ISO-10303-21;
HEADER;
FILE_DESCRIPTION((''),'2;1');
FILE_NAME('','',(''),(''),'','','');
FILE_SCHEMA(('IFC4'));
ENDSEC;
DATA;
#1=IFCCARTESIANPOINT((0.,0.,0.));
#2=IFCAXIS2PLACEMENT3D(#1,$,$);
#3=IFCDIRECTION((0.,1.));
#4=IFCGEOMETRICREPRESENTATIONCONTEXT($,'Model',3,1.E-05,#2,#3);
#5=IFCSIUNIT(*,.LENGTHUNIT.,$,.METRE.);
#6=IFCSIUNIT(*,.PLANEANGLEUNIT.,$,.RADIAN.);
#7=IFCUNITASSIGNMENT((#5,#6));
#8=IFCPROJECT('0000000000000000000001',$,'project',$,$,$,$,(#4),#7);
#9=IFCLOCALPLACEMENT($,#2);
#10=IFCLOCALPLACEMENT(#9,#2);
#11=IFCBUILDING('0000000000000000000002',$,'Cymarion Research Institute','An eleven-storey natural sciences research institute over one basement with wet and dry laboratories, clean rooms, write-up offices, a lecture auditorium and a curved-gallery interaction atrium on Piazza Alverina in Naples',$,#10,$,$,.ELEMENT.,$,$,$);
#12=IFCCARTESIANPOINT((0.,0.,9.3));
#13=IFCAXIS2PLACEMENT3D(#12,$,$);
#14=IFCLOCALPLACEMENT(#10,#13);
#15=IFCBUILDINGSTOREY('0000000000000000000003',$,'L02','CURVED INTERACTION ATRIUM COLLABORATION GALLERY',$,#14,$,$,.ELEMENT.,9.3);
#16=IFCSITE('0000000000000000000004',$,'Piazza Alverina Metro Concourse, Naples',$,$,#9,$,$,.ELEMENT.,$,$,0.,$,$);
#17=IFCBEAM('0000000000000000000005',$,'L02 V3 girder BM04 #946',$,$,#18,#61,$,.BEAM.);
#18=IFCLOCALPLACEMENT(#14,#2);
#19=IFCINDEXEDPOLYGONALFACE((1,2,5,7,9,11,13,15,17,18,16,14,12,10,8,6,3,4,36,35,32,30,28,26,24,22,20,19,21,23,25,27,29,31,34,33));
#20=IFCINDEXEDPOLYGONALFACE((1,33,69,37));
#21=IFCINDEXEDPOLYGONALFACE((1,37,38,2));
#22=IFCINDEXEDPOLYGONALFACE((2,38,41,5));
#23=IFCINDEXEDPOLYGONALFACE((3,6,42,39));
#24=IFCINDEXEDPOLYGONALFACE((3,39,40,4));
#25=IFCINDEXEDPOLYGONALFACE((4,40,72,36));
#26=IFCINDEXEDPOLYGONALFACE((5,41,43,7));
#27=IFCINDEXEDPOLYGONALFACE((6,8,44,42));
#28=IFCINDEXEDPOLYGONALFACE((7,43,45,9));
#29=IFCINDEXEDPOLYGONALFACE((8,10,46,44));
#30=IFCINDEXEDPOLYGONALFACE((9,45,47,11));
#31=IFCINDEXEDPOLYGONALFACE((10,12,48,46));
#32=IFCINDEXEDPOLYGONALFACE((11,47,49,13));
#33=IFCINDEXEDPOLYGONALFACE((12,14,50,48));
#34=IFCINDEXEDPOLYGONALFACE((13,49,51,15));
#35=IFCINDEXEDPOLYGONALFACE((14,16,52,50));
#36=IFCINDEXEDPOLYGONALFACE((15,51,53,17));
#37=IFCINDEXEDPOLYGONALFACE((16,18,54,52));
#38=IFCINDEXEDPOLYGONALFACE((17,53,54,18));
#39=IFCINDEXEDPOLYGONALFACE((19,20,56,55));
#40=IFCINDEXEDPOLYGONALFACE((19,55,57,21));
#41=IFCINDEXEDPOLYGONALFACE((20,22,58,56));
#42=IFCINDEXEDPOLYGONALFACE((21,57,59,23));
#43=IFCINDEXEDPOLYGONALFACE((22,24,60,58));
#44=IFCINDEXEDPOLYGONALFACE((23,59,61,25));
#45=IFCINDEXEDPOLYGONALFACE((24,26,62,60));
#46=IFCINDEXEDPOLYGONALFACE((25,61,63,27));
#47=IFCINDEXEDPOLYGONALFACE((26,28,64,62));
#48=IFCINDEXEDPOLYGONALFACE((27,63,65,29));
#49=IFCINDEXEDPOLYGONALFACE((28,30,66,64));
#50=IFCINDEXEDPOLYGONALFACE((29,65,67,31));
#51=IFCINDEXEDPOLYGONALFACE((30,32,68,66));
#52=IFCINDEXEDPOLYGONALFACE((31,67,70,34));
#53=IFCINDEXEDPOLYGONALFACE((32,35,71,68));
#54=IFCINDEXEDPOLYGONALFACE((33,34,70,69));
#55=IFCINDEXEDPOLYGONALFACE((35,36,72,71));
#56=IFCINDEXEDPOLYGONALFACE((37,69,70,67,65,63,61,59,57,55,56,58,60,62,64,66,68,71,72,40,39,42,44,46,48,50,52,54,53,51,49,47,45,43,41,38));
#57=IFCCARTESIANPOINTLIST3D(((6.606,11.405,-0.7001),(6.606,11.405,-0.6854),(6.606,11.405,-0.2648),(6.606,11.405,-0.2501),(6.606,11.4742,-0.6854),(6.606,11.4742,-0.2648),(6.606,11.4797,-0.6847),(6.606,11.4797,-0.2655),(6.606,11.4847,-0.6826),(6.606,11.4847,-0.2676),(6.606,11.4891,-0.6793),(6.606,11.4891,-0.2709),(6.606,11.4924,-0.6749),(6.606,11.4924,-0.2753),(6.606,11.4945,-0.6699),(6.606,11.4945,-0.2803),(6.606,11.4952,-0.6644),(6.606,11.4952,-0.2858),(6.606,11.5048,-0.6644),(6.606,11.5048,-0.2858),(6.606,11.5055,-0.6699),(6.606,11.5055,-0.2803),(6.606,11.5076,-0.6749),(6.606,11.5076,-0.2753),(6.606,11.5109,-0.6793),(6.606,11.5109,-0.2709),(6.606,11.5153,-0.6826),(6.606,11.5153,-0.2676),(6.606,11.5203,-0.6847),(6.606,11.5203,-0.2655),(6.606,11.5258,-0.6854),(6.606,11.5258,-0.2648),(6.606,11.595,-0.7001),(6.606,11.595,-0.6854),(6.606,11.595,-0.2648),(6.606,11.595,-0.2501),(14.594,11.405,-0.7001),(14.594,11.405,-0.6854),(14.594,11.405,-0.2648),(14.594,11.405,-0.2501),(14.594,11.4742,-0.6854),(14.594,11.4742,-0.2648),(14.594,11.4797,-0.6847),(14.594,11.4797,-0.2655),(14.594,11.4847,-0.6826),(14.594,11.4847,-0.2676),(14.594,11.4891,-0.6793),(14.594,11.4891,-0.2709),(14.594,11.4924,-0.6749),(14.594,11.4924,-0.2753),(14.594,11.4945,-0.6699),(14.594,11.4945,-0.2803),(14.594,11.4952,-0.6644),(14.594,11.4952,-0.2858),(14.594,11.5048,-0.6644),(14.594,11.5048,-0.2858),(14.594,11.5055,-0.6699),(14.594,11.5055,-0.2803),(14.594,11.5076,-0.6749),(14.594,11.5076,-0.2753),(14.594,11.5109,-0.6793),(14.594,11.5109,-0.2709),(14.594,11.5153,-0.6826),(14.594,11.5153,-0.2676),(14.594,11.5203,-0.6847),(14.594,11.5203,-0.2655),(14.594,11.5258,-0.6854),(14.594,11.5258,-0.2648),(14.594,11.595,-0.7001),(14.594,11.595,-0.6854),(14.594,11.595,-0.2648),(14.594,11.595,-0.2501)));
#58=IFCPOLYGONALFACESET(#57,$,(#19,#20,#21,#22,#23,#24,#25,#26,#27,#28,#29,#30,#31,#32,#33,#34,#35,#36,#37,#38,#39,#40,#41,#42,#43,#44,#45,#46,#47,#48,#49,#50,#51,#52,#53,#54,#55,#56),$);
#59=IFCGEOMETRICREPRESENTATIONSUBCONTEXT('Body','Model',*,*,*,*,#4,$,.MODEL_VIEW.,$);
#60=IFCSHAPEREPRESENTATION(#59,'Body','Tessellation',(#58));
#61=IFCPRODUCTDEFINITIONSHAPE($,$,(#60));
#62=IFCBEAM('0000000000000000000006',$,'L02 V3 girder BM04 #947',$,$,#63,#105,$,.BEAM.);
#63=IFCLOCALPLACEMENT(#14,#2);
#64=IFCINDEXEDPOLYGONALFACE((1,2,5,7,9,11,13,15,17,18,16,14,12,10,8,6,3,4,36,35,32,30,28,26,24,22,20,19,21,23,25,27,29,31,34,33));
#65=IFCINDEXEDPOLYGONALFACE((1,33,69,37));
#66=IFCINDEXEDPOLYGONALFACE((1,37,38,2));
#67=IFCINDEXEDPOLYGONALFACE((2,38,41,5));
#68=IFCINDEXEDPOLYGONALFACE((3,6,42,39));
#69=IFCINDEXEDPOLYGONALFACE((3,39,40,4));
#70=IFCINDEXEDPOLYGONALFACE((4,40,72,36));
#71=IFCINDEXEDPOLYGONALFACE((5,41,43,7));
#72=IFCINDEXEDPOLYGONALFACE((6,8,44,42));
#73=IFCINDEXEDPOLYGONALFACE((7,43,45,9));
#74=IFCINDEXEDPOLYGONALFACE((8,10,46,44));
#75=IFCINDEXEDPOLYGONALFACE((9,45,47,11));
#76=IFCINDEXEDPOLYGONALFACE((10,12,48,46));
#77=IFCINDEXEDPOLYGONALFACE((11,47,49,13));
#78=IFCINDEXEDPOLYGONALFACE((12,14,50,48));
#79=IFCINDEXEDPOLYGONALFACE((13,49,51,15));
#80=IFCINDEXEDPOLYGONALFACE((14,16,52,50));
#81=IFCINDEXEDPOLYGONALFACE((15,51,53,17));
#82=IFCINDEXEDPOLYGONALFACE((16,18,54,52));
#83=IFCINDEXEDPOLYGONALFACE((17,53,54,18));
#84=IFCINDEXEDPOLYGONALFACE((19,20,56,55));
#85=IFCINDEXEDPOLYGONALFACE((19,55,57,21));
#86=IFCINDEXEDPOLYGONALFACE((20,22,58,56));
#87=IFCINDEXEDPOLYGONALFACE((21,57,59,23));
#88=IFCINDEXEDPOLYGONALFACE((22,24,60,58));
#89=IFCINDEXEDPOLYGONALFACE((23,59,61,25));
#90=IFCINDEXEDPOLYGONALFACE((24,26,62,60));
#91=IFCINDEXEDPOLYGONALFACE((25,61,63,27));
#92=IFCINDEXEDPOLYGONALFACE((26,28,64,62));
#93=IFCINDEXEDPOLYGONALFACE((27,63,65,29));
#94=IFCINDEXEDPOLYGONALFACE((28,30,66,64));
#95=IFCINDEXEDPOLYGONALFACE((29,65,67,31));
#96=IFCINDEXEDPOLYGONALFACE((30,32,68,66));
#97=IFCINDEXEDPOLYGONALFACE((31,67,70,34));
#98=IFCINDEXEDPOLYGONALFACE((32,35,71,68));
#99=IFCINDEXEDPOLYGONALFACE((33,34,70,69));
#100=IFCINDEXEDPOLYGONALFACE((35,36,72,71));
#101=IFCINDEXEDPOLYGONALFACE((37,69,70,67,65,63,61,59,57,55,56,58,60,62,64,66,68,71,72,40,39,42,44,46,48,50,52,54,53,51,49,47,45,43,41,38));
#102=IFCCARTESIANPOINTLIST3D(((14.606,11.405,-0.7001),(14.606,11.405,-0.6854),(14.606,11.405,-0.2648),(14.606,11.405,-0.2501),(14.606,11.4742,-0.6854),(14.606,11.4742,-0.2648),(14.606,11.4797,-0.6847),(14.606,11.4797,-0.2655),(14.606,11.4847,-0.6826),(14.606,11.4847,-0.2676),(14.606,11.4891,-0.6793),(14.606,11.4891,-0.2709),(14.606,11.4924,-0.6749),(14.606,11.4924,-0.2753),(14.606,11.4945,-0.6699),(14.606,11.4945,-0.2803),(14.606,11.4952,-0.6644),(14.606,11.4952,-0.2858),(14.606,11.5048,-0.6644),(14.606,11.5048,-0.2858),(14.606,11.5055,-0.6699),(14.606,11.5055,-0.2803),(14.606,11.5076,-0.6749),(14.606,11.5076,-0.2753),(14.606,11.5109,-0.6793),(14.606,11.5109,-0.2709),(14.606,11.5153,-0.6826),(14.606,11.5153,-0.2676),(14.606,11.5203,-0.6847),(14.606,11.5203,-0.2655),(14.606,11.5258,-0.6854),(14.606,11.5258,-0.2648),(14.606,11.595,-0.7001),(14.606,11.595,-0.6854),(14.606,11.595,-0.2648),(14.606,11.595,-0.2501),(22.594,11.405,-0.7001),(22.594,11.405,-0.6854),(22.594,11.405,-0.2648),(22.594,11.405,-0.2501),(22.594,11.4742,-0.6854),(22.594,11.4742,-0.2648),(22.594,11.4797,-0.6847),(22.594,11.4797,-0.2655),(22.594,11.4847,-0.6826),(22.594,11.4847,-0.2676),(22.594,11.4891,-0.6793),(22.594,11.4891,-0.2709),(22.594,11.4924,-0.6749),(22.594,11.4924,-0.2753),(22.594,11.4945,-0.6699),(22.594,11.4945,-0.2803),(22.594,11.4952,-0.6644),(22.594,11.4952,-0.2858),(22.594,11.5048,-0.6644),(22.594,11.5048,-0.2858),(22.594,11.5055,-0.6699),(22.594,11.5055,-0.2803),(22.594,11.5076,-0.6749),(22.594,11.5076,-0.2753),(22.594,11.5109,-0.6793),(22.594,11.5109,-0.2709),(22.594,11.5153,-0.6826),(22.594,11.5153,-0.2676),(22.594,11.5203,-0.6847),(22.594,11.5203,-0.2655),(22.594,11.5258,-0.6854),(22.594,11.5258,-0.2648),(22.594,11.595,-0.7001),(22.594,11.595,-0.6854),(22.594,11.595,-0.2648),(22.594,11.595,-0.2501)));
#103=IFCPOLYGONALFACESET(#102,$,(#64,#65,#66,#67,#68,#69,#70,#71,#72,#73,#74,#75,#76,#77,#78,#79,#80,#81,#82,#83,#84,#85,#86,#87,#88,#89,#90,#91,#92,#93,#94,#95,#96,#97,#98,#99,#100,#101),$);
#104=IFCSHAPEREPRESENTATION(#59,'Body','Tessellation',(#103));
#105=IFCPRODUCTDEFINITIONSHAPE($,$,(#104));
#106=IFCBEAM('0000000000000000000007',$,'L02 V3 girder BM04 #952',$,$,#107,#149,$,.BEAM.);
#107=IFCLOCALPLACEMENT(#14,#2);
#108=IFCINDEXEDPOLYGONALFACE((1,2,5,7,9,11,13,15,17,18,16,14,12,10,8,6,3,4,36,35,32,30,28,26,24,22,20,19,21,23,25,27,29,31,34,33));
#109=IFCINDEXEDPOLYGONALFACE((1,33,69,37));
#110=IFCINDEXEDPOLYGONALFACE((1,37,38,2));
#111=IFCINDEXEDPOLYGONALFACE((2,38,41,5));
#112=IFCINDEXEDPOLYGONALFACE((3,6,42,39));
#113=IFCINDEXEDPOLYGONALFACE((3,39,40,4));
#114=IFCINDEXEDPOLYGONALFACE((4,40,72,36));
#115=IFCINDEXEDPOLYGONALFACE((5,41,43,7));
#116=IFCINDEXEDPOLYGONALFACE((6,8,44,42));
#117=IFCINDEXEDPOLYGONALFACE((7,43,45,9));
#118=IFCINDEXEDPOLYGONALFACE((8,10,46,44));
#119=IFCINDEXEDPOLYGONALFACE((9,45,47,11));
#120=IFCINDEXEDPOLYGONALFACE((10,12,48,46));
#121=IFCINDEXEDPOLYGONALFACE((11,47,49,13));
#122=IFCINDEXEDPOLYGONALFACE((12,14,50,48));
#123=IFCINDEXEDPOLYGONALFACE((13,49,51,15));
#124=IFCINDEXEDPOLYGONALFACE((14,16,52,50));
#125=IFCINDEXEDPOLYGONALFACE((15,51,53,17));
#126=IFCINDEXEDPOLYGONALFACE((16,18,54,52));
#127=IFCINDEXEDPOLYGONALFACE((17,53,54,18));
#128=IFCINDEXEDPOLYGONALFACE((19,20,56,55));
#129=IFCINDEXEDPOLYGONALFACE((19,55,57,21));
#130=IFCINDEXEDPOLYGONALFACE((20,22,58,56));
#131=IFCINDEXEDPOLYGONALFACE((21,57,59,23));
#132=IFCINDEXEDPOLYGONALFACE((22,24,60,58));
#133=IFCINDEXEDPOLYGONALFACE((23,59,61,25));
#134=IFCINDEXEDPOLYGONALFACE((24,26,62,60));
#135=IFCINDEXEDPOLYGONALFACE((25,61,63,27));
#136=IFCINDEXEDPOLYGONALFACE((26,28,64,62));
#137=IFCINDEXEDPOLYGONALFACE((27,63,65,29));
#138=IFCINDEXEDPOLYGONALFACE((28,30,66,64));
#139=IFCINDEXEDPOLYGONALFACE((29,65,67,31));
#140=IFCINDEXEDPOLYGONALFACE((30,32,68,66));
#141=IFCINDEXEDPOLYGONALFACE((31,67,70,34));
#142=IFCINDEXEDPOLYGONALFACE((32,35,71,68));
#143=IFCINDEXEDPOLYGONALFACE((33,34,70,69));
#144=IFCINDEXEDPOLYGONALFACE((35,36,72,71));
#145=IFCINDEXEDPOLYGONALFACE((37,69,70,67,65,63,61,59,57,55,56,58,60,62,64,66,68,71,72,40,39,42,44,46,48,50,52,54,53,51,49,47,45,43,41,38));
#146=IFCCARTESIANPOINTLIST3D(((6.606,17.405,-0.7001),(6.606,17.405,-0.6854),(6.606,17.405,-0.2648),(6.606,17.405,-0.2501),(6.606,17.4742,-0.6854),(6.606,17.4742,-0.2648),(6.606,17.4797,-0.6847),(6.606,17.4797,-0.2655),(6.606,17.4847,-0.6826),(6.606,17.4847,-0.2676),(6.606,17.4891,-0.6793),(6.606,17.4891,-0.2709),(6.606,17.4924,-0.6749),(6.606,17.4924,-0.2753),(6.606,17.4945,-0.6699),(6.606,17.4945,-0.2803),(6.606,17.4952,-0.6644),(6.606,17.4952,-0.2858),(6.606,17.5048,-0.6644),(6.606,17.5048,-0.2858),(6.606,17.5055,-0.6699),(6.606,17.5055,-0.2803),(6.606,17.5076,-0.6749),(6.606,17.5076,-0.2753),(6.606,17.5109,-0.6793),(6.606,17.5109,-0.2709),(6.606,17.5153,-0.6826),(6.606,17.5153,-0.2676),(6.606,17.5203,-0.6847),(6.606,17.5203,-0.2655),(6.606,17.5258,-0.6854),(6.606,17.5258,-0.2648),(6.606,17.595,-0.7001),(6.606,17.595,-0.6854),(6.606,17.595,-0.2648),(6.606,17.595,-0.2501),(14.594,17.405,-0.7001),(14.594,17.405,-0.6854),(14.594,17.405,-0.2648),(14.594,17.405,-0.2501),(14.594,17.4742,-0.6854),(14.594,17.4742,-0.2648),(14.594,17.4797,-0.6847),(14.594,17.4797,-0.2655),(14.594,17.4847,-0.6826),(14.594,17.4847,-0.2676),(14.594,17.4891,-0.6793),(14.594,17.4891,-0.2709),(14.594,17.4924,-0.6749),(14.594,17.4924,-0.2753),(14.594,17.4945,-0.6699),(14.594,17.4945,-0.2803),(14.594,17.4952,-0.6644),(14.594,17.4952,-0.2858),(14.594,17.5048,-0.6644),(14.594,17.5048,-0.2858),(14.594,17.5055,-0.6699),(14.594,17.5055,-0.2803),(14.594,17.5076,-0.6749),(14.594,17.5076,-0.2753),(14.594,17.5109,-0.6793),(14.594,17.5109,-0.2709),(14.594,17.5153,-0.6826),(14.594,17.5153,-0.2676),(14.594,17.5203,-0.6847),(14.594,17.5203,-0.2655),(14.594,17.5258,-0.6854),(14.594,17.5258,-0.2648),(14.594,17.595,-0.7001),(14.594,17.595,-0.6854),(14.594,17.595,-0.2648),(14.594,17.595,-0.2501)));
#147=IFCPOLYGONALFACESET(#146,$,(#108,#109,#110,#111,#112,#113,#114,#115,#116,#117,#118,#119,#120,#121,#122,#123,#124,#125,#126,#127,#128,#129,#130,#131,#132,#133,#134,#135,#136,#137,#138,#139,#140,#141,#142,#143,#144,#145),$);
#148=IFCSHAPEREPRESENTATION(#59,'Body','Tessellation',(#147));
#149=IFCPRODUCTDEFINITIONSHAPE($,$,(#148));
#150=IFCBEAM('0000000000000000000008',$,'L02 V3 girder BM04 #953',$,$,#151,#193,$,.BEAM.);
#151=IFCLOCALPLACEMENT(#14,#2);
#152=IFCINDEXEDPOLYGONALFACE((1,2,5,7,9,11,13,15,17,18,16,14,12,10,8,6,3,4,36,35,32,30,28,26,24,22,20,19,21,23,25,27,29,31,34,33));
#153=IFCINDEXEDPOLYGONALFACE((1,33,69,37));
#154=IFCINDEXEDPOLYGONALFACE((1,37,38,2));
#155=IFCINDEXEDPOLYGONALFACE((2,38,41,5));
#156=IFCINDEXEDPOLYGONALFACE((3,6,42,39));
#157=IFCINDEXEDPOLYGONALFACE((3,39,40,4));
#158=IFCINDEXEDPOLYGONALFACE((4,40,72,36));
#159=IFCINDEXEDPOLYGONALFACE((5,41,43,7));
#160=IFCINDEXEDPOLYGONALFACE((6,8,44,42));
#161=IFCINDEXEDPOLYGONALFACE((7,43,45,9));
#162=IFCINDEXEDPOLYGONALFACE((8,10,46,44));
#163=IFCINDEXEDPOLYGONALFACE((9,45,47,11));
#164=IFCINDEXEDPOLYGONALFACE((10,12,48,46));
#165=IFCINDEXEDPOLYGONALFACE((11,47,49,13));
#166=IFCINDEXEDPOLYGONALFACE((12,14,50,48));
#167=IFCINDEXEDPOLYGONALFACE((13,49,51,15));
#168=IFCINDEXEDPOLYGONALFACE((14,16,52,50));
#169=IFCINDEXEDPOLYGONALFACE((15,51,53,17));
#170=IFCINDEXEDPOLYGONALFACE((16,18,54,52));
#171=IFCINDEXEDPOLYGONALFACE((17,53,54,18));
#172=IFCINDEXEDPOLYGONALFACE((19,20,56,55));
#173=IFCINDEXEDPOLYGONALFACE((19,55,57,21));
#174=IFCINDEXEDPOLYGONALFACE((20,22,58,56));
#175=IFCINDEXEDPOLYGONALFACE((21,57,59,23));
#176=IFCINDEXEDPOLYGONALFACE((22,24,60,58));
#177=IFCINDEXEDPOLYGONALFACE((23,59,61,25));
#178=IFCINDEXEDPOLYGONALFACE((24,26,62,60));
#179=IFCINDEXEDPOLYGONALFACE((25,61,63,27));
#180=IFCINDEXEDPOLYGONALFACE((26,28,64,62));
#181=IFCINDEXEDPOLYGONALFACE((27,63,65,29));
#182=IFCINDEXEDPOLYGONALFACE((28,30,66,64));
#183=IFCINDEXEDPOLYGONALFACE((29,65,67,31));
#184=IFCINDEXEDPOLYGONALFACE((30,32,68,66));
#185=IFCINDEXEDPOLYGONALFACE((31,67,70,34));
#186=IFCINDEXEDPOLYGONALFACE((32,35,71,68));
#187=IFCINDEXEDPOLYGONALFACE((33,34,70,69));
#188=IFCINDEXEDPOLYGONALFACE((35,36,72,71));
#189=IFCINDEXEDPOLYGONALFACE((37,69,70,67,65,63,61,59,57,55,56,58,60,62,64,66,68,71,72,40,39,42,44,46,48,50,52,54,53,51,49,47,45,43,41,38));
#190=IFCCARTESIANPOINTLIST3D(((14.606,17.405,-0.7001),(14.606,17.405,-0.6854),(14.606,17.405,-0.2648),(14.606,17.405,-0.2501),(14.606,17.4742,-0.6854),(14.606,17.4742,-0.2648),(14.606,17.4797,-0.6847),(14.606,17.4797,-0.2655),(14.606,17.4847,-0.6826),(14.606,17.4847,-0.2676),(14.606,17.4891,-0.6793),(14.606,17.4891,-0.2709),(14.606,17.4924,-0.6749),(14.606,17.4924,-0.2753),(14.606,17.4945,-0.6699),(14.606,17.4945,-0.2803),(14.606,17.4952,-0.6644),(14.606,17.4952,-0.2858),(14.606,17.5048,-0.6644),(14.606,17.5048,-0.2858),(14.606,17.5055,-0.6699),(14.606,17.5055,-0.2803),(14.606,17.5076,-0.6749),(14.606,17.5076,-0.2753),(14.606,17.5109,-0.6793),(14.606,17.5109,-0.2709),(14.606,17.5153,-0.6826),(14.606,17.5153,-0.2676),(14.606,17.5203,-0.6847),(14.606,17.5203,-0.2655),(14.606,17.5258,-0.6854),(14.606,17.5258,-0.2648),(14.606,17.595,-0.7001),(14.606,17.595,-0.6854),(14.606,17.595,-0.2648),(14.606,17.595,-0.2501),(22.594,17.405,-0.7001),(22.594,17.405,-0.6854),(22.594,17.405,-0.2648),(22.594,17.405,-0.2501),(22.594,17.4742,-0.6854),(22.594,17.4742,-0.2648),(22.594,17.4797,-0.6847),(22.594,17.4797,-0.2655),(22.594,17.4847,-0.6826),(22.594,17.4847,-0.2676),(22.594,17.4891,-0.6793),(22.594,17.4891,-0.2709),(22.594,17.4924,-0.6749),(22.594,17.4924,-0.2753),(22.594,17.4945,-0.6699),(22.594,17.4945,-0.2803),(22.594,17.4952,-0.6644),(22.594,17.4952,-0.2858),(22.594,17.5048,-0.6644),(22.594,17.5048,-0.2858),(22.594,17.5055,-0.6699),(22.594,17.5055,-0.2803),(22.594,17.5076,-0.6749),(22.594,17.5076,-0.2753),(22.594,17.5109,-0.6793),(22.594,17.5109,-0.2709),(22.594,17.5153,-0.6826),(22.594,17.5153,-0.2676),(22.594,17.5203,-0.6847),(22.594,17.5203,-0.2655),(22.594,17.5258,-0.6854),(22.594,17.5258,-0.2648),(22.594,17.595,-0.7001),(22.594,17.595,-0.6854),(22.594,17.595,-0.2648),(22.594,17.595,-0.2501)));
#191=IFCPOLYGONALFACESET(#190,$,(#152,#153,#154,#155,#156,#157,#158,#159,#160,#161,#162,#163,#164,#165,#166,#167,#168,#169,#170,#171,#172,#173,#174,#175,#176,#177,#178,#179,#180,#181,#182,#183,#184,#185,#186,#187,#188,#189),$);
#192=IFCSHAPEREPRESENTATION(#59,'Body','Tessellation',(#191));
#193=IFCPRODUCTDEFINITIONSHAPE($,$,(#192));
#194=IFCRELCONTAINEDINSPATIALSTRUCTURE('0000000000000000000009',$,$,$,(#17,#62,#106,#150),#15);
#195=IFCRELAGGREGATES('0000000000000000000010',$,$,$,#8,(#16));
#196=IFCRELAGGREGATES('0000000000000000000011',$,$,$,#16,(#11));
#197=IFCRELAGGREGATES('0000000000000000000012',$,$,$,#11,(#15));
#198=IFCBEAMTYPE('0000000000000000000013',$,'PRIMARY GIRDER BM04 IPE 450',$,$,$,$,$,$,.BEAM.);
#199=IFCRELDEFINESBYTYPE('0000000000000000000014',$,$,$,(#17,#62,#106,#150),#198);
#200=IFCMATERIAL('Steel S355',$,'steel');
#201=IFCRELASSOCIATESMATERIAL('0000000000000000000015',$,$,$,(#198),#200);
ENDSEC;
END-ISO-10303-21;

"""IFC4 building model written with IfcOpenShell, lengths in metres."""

from ifc_helpers import new_model, si_unit, direction, frame, origin, origin_2d, place, context, subcontext, project, spatial, i_section, extrude, material, material_profile, profile_set, type_object, element, save


model = new_model("IFC4")

# Units and contexts
model_context = context("Model", 3, precision=1e-05, world=origin(), true_north=direction((0.0, 1.0)))
body_context = subcontext(model_context, "Body", "Model", "MODEL_VIEW")
ifc_project = project(units=[si_unit("LENGTHUNIT", "METRE"), si_unit("PLANEANGLEUNIT", "RADIAN")], contexts=[model_context])

# Site, building, storey
site_placement = place(None, origin())
site = spatial("IfcSite", under=ifc_project, at=site_placement, Name="Piazza Alverina Metro Concourse, Naples", CompositionType="ELEMENT", RefElevation=0.0)
building_placement = place(site_placement, origin())
building = spatial("IfcBuilding", under=site, at=building_placement, Name="Cymarion Research Institute", Description="An eleven-storey natural sciences research institute over one basement with wet and dry laboratories, clean rooms, write-up offices, a lecture auditorium and a curved-gallery interaction atrium on Piazza Alverina in Naples", CompositionType="ELEMENT")
storey_placement = place(building_placement, frame((0.0, 0.0, 9.3)))
storey = spatial("IfcBuildingStorey", under=building, at=storey_placement, Name="L02", Description="CURVED INTERACTION ATRIUM COLLABORATION GALLERY", CompositionType="ELEMENT", Elevation=9.3)

# Shared definitions
ifc_material_1 = material(Name="Steel S355", Category="steel")

# Beams
ifc_material_profile_1 = material_profile(ifc_material_1, i_section(OverallWidth=0.1899, OverallDepth=0.45, WebThickness=0.0095, FlangeThickness=0.0146, FilletRadius=0.021, at=origin_2d()), Name="IPE 450")
ifc_profile_set_1 = profile_set([ifc_material_profile_1], Name="Steel S355")
beam_type_1 = type_object("IfcBeamType", Name="PRIMARY GIRDER BM04 IPE 450", PredefinedType="BEAM", material=ifc_profile_set_1)
for number, where, z_axis, x_axis, name in (
    (1, (6.606, 11.5, -0.4751), (1.0, 0.0, 0.0), (0.0, 1.0, 0.0), "L02 V3 girder BM04 #946"),
    (2, (14.606, 11.5, -0.4751), (1.0, 0.0, 0.0), (0.0, 1.0, 0.0), "L02 V3 girder BM04 #947"),
    (3, (6.606, 17.5, -0.4751), (1.0, 0.0, 0.0), (0.0, 1.0, 0.0), "L02 V3 girder BM04 #952"),
    (4, (14.606, 17.5, -0.4751), (1.0, 0.0, 0.0), (0.0, 1.0, 0.0), "L02 V3 girder BM04 #953"),
):
    element("IfcBeam", number, at=place(storey_placement, frame(where, z_axis=z_axis, x_axis=x_axis)), inside=storey, type_object=beam_type_1, Name=name, PredefinedType="BEAM", context=body_context, shape_type="SweptSolid", body=[
        extrude(i_section(OverallWidth=0.1899, OverallDepth=0.45, WebThickness=0.0095, FlangeThickness=0.0146, FilletRadius=0.021, at=origin_2d()), origin(), (0.0, 0.0, 1.0), 7.988),
    ])

save(model, "model.ifc")
